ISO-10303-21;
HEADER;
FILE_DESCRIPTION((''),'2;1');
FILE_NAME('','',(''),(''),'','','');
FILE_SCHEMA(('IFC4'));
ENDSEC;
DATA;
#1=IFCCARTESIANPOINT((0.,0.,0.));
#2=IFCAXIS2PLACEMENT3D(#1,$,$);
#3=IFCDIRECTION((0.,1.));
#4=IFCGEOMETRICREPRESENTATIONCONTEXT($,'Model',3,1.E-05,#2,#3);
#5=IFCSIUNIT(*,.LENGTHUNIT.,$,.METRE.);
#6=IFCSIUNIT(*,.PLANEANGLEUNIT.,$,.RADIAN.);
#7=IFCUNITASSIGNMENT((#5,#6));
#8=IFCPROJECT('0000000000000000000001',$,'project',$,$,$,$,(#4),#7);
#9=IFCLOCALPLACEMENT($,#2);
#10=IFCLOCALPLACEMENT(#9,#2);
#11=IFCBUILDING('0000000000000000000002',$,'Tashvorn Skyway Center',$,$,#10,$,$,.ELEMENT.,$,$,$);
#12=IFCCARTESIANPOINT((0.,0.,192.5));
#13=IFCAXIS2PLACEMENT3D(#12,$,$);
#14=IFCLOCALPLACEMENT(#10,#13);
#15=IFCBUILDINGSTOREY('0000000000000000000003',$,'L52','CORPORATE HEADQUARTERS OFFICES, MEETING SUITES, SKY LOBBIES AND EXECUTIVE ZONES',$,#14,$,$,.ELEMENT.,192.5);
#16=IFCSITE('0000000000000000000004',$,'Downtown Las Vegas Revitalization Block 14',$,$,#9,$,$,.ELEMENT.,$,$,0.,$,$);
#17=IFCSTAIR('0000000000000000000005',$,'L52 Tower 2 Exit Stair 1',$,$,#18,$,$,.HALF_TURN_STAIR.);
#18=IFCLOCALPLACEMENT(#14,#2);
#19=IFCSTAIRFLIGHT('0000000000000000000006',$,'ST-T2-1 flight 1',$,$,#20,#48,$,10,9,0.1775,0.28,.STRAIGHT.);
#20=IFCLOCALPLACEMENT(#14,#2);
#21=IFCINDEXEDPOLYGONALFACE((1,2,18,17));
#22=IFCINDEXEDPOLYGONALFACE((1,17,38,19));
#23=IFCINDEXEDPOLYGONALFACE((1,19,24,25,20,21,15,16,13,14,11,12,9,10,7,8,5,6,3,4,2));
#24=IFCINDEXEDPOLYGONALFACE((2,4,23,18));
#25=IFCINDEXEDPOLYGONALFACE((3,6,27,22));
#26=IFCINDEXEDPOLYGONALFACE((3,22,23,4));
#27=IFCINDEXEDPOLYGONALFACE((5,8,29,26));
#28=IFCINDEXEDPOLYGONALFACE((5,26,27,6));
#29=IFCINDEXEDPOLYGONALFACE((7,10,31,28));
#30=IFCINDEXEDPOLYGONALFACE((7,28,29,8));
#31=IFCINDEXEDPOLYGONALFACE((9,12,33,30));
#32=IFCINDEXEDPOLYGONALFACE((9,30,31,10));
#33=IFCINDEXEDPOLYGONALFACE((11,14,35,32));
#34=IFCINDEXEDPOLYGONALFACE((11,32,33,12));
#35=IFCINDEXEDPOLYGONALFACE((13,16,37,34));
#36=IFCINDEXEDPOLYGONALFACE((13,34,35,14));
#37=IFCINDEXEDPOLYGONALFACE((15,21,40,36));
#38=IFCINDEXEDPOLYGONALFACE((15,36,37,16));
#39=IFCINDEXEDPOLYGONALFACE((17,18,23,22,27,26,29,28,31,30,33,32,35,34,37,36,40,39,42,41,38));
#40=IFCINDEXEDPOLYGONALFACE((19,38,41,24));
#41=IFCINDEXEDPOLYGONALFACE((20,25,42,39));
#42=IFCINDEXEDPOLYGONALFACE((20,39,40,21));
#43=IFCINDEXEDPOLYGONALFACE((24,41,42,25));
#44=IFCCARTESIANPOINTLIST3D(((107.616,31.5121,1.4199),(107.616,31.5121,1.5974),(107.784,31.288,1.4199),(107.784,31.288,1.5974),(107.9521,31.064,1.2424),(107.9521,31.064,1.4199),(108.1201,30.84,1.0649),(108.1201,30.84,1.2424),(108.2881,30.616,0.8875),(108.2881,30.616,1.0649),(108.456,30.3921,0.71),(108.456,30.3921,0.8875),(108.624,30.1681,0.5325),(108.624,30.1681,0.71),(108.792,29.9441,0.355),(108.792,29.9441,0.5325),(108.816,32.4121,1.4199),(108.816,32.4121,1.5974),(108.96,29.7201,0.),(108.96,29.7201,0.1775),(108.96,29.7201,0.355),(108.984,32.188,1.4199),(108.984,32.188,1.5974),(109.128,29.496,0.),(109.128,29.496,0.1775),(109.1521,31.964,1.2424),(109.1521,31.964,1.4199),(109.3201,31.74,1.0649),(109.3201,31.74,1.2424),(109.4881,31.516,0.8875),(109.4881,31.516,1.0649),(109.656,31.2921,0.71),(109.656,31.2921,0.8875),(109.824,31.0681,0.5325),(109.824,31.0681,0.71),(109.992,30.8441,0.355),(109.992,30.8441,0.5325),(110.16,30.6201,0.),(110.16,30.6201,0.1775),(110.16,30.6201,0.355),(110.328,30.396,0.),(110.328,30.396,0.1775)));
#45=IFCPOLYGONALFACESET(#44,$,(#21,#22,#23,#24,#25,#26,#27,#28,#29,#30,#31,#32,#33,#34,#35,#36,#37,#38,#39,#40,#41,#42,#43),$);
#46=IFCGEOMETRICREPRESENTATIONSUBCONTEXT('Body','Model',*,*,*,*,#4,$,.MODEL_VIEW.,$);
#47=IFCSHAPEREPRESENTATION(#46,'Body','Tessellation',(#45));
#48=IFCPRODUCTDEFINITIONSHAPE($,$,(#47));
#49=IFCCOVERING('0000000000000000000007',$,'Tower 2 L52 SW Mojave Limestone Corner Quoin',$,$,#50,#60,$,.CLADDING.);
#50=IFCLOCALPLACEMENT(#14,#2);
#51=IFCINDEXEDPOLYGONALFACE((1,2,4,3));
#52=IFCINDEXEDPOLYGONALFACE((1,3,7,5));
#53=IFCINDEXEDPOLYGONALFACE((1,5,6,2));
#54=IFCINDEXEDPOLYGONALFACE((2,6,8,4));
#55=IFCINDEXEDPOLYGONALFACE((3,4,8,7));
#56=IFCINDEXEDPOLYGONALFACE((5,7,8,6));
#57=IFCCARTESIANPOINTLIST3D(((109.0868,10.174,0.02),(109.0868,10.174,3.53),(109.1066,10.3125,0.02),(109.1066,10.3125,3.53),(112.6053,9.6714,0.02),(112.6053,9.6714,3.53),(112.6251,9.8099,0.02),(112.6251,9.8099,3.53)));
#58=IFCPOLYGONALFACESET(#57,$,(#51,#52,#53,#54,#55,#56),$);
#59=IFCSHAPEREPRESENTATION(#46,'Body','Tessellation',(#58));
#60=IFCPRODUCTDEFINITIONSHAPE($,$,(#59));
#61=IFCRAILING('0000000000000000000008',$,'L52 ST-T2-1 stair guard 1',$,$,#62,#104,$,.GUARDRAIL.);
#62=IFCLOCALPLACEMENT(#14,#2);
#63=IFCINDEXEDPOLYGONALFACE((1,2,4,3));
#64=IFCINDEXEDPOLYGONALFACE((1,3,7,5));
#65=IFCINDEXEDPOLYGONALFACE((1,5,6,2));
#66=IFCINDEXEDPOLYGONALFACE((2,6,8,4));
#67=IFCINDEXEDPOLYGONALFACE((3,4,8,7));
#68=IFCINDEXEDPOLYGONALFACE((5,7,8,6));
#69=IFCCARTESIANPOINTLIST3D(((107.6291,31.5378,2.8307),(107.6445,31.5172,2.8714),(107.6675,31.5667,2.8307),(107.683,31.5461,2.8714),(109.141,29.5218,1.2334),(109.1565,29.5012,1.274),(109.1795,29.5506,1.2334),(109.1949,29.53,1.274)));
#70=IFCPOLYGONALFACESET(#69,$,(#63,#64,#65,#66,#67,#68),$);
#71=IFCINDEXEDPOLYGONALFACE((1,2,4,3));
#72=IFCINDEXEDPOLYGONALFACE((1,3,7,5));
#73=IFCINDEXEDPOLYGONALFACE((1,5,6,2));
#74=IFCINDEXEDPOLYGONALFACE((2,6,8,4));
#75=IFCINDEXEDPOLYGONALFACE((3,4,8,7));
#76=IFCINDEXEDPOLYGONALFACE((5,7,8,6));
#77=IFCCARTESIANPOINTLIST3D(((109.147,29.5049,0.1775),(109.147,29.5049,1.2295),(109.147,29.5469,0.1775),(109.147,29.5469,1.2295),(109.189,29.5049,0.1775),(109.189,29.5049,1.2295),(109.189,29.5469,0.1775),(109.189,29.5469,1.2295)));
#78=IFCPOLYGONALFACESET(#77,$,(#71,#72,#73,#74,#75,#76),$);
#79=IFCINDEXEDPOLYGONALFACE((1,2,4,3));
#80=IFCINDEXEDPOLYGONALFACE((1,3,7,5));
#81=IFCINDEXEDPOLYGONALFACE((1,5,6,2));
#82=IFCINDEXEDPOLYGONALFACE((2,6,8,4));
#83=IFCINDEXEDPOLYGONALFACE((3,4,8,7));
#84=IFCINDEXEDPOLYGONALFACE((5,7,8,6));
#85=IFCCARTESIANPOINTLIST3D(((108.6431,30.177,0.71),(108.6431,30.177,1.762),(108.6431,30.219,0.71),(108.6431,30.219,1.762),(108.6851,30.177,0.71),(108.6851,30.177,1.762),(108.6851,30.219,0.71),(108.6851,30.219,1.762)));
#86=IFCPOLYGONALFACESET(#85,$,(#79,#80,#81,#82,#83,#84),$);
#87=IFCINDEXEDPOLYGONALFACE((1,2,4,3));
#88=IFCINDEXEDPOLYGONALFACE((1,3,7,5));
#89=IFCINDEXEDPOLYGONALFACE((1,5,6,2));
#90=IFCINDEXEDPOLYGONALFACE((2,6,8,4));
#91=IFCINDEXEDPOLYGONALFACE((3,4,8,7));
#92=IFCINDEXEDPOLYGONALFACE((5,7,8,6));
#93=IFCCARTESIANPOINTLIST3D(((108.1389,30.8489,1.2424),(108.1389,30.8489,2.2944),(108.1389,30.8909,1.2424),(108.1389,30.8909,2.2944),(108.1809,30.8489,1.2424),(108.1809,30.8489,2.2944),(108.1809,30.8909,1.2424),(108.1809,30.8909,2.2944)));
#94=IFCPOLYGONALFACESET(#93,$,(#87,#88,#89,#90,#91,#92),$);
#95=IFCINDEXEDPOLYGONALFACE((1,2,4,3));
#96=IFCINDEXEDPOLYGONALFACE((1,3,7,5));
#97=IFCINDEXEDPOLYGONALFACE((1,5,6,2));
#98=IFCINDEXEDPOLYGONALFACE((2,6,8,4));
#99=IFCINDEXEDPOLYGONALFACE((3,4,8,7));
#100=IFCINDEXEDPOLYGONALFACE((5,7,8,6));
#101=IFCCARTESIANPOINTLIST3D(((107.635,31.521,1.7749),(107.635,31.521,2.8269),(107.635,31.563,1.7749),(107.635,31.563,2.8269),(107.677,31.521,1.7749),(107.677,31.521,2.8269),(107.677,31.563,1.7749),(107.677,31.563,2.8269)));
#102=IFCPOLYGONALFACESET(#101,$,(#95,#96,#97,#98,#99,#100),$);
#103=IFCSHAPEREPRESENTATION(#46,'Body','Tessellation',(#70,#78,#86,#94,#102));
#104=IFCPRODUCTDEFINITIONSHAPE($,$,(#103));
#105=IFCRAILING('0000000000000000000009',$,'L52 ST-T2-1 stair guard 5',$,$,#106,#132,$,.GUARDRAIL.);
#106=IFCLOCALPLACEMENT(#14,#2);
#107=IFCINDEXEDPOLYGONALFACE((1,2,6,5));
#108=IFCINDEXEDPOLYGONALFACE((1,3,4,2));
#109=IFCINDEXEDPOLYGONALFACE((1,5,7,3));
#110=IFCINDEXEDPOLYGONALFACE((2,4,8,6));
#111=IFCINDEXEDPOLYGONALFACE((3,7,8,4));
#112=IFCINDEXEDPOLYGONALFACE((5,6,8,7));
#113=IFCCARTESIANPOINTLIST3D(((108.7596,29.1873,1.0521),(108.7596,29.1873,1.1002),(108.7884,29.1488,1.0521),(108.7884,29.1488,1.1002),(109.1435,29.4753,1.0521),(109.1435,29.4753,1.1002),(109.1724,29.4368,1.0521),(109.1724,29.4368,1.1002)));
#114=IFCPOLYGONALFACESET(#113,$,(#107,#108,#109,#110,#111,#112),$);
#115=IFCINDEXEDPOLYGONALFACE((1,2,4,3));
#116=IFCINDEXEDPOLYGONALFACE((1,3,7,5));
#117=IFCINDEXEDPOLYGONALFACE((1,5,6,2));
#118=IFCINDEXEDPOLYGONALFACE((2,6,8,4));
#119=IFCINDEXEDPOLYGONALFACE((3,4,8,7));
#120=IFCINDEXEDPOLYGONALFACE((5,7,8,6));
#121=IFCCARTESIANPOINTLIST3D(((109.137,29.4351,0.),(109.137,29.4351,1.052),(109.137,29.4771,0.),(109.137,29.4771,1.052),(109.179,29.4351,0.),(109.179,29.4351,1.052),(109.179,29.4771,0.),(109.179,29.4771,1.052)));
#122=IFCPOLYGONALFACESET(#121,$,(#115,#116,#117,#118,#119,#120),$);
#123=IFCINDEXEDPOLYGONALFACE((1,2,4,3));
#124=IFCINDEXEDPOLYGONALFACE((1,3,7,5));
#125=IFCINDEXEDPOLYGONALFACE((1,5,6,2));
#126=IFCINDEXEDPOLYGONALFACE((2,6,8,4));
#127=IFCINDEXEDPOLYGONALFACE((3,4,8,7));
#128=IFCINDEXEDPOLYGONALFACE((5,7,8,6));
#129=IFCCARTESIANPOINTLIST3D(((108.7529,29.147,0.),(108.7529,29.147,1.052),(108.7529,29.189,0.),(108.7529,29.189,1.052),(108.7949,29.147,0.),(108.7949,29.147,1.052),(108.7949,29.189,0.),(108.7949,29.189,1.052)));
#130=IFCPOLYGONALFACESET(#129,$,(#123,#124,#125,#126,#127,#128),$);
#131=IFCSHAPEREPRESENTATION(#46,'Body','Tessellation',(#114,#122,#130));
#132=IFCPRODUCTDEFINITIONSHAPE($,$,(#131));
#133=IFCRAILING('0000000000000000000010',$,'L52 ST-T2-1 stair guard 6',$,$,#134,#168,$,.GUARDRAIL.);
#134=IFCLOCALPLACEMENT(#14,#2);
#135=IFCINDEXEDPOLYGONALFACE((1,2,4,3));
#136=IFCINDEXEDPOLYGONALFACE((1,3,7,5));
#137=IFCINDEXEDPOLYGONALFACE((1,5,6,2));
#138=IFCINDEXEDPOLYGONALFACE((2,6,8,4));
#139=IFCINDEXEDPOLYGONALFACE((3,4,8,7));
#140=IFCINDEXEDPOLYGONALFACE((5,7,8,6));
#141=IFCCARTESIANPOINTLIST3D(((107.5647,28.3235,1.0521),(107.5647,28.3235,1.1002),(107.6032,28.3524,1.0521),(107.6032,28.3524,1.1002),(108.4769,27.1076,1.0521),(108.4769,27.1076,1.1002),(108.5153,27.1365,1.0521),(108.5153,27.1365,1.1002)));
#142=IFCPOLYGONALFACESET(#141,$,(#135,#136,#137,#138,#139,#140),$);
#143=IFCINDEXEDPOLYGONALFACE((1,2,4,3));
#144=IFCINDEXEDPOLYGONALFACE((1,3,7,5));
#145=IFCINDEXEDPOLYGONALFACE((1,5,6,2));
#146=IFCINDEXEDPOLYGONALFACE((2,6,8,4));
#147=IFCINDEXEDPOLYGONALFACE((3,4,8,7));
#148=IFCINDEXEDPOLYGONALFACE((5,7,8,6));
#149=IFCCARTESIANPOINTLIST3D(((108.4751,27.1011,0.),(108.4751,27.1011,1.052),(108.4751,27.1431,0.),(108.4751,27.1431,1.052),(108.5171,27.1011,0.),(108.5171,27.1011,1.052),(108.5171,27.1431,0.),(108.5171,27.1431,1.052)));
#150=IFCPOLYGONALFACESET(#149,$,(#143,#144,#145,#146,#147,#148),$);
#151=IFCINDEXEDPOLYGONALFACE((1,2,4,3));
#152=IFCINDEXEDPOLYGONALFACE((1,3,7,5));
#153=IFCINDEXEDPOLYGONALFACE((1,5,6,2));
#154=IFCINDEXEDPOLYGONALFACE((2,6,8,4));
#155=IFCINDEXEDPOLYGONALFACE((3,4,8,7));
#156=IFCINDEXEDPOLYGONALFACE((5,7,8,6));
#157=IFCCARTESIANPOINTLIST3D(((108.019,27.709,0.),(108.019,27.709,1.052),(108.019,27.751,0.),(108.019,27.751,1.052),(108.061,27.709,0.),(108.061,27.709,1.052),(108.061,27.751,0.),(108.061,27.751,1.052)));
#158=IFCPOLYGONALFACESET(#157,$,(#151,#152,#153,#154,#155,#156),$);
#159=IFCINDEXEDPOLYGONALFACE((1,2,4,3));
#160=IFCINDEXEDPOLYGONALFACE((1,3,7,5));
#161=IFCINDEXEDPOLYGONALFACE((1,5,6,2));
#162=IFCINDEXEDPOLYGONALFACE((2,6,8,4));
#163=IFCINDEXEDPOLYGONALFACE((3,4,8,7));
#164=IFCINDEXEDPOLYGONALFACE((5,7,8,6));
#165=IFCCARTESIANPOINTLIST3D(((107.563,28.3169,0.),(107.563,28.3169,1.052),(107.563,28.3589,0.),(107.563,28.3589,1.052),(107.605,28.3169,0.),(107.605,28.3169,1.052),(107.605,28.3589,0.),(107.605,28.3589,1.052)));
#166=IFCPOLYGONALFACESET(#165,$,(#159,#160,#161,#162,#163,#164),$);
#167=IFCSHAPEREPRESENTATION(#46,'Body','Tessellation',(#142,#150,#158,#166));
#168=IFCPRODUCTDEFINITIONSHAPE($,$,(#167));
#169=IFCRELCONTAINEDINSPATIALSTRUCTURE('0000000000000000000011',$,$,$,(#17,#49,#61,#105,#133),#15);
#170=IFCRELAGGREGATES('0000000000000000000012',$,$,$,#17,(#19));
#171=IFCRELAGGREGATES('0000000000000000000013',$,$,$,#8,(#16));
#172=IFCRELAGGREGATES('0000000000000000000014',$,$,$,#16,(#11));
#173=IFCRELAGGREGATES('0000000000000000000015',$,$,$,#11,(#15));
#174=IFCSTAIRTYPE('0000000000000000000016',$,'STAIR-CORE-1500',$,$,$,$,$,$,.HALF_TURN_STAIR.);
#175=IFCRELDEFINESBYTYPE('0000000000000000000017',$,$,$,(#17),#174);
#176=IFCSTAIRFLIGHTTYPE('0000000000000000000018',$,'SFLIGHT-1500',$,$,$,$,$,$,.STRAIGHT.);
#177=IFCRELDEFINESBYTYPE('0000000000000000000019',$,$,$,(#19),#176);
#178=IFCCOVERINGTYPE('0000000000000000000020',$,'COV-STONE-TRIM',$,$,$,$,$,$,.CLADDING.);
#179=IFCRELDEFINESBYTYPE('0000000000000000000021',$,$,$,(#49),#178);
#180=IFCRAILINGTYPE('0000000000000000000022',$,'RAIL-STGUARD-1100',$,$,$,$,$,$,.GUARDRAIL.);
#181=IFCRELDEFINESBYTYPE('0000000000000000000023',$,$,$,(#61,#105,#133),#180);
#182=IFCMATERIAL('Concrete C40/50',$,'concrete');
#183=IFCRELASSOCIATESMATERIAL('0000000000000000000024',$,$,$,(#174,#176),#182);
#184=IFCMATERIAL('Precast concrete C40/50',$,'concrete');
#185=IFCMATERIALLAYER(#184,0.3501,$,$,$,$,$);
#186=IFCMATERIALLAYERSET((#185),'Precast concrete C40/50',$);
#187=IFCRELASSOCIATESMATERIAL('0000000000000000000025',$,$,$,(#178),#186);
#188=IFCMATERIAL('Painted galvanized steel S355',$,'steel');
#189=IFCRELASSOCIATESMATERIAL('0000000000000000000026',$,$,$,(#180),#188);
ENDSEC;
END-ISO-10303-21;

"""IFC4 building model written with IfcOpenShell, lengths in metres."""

from ifc_helpers import new_model, si_unit, direction, frame, origin, origin_2d, place, context, subcontext, project, spatial, polyline, rectangle, outline, extrude, material, layer, layer_set, type_object, element, aggregate, save


model = new_model("IFC4")

# Units and contexts
model_context = context("Model", 3, precision=1e-05, world=origin(), true_north=direction((0.0, 1.0)))
body_context = subcontext(model_context, "Body", "Model", "MODEL_VIEW")
ifc_project = project(units=[si_unit("LENGTHUNIT", "METRE"), si_unit("PLANEANGLEUNIT", "RADIAN")], contexts=[model_context])

# Site, building, storey
site_placement = place(None, origin())
site = spatial("IfcSite", under=ifc_project, at=site_placement, Name="Downtown Las Vegas Revitalization Block 14", CompositionType="ELEMENT", RefElevation=0.0)
building_placement = place(site_placement, origin())
building = spatial("IfcBuilding", under=site, at=building_placement, Name="Tashvorn Skyway Center", CompositionType="ELEMENT")
storey_placement = place(building_placement, frame((0.0, 0.0, 192.5)))
storey = spatial("IfcBuildingStorey", under=building, at=storey_placement, Name="L52", Description="CORPORATE HEADQUARTERS OFFICES, MEETING SUITES, SKY LOBBIES AND EXECUTIVE ZONES", CompositionType="ELEMENT", Elevation=192.5)

# Shared definitions
ifc_material_1 = material(Name="Concrete C40/50", Category="concrete")

# Stair, stair flight
stair_type = type_object("IfcStairType", Name="STAIR-CORE-1500", PredefinedType="HALF_TURN_STAIR", material=ifc_material_1)
stair_placement = place(storey_placement, origin())
stair = element("IfcStair", 1, at=stair_placement, inside=storey, type_object=stair_type, Name="L52 Tower 2 Exit Stair 1", PredefinedType="HALF_TURN_STAIR")
stair_flight_type = type_object("IfcStairFlightType", Name="SFLIGHT-1500", PredefinedType="STRAIGHT", material=ifc_material_1)
stair_flight_placement = place(storey_placement, frame((109.728, 29.946, 0.0), z_axis=(0.0, 0.0, 1.0), x_axis=(-0.6, 0.8, 0.0)))
stair_flight = element("IfcStairFlight", 2, at=stair_flight_placement, type_object=stair_flight_type, Name="ST-T2-1 flight 1", NumberOfRisers=10, NumberOfTreads=9, PredefinedType="STRAIGHT", RiserHeight=0.1775, TreadLength=0.28, context=body_context, shape_type="SweptSolid", body=[
    extrude(outline(polyline([(0.0, 0.0), (0.0, 0.1775), (0.28, 0.1775), (0.28, 0.355), (0.5601, 0.355), (0.5601, 0.5325), (0.8401, 0.5325), (0.8401, 0.71), (1.1201, 0.71), (1.1201, 0.8875), (1.3999, 0.8875), (1.3999, 1.0649), (1.6799, 1.0649), (1.6799, 1.2424), (1.96, 1.2424), (1.96, 1.4199), (2.24, 1.4199), (2.24, 1.5974), (2.52, 1.5974), (2.52, 1.7749), (2.52, 1.4199), (0.28, 0.0), (0.0, 0.0)])), frame((0.0, 0.75, 0.0), z_axis=(0.0, -1.0, 0.0), x_axis=(1.0, 0.0, 0.0)), (0.0, 0.0, 1.0), 1.5),
])
aggregate(stair, [stair_flight])

# Covering
ifc_material_2 = material(Name="Precast concrete C40/50", Category="concrete")
ifc_layer_1 = layer(ifc_material_2, 0.3501)
ifc_layer_set_1 = layer_set([ifc_layer_1], Name="Precast concrete C40/50")
covering_type = type_object("IfcCoveringType", Name="COV-STONE-TRIM", PredefinedType="CLADDING", material=ifc_layer_set_1)
covering_placement = place(storey_placement, frame((110.856, 9.9919, 0.02), z_axis=(0.0, 0.0, 1.0), x_axis=(-0.989949, 0.141421, 0.0)))
element("IfcCovering", 3, at=covering_placement, inside=storey, type_object=covering_type, Name="Tower 2 L52 SW Mojave Limestone Corner Quoin", PredefinedType="CLADDING", context=body_context, shape_type="SweptSolid", body=[
    extrude(rectangle(XDim=3.5542, YDim=0.1399, at=origin_2d()), origin(), (0.0, 0.0, 1.0), 3.51),
])

# Railings
ifc_material_3 = material(Name="Painted galvanized steel S355", Category="steel")
railing_type = type_object("IfcRailingType", Name="RAIL-STGUARD-1100", PredefinedType="GUARDRAIL", material=ifc_material_3)
railing_1_placement = place(storey_placement, frame((109.168, 29.5259, 0.1775)))
element("IfcRailing", 4, at=railing_1_placement, inside=storey, type_object=railing_type, Name="L52 ST-T2-1 stair guard 1", PredefinedType="GUARDRAIL", context=body_context, shape_type="SweptSolid", body=[
    extrude(rectangle(XDim=0.0481, YDim=0.0481, at=origin_2d()), frame((0.0, 0.0, 1.0762), z_axis=(-0.506741, 0.675709, 0.535379), x_axis=(-0.800023, -0.599969, 0.0)), (0.0, 0.0, 1.0), 2.9836),
    extrude(rectangle(XDim=0.042, YDim=0.042, at=origin_2d()), origin(), (0.0, 0.0, 1.0), 1.052),
    extrude(rectangle(XDim=0.042, YDim=0.042, at=origin_2d()), frame((-0.5039, 0.6721, 0.5325)), (0.0, 0.0, 1.0), 1.052),
    extrude(rectangle(XDim=0.042, YDim=0.042, at=origin_2d()), frame((-1.0081, 1.344, 1.0649)), (0.0, 0.0, 1.0), 1.052),
    extrude(rectangle(XDim=0.042, YDim=0.042, at=origin_2d()), frame((-1.512, 2.0161, 1.5974)), (0.0, 0.0, 1.0), 1.052),
])
railing_2_placement = place(storey_placement, frame((109.158, 29.4561, 0.0)))
element("IfcRailing", 5, at=railing_2_placement, inside=storey, type_object=railing_type, Name="L52 ST-T2-1 stair guard 5", PredefinedType="GUARDRAIL", context=body_context, shape_type="SweptSolid", body=[
    extrude(rectangle(XDim=0.0481, YDim=0.0481, at=origin_2d()), frame((0.0, 0.0, 1.0762), z_axis=(-0.799939, -0.600081, 0.0), x_axis=(0.600081, -0.799939, 0.0)), (0.0, 0.0, 1.0), 0.48),
    extrude(rectangle(XDim=0.042, YDim=0.042, at=origin_2d()), origin(), (0.0, 0.0, 1.0), 1.052),
    extrude(rectangle(XDim=0.042, YDim=0.042, at=origin_2d()), frame((-0.384, -0.2881, 0.0)), (0.0, 0.0, 1.0), 1.052),
])
railing_3_placement = place(storey_placement, frame((108.4961, 27.1221, 0.0)))
element("IfcRailing", 6, at=railing_3_placement, inside=storey, type_object=railing_type, Name="L52 ST-T2-1 stair guard 6", PredefinedType="GUARDRAIL", context=body_context, shape_type="SweptSolid", body=[
    extrude(rectangle(XDim=0.0481, YDim=0.0481, at=origin_2d()), frame((0.0, 0.0, 1.0762), z_axis=(-0.600103, 0.799923, 0.0), x_axis=(-0.799923, -0.600103, 0.0)), (0.0, 0.0, 1.0), 1.52),
    extrude(rectangle(XDim=0.042, YDim=0.042, at=origin_2d()), origin(), (0.0, 0.0, 1.0), 1.052),
    extrude(rectangle(XDim=0.042, YDim=0.042, at=origin_2d()), frame((-0.4561, 0.6079, 0.0)), (0.0, 0.0, 1.0), 1.052),
    extrude(rectangle(XDim=0.042, YDim=0.042, at=origin_2d()), frame((-0.9121, 1.2158, 0.0)), (0.0, 0.0, 1.0), 1.052),
])

save(model, "model.ifc")
